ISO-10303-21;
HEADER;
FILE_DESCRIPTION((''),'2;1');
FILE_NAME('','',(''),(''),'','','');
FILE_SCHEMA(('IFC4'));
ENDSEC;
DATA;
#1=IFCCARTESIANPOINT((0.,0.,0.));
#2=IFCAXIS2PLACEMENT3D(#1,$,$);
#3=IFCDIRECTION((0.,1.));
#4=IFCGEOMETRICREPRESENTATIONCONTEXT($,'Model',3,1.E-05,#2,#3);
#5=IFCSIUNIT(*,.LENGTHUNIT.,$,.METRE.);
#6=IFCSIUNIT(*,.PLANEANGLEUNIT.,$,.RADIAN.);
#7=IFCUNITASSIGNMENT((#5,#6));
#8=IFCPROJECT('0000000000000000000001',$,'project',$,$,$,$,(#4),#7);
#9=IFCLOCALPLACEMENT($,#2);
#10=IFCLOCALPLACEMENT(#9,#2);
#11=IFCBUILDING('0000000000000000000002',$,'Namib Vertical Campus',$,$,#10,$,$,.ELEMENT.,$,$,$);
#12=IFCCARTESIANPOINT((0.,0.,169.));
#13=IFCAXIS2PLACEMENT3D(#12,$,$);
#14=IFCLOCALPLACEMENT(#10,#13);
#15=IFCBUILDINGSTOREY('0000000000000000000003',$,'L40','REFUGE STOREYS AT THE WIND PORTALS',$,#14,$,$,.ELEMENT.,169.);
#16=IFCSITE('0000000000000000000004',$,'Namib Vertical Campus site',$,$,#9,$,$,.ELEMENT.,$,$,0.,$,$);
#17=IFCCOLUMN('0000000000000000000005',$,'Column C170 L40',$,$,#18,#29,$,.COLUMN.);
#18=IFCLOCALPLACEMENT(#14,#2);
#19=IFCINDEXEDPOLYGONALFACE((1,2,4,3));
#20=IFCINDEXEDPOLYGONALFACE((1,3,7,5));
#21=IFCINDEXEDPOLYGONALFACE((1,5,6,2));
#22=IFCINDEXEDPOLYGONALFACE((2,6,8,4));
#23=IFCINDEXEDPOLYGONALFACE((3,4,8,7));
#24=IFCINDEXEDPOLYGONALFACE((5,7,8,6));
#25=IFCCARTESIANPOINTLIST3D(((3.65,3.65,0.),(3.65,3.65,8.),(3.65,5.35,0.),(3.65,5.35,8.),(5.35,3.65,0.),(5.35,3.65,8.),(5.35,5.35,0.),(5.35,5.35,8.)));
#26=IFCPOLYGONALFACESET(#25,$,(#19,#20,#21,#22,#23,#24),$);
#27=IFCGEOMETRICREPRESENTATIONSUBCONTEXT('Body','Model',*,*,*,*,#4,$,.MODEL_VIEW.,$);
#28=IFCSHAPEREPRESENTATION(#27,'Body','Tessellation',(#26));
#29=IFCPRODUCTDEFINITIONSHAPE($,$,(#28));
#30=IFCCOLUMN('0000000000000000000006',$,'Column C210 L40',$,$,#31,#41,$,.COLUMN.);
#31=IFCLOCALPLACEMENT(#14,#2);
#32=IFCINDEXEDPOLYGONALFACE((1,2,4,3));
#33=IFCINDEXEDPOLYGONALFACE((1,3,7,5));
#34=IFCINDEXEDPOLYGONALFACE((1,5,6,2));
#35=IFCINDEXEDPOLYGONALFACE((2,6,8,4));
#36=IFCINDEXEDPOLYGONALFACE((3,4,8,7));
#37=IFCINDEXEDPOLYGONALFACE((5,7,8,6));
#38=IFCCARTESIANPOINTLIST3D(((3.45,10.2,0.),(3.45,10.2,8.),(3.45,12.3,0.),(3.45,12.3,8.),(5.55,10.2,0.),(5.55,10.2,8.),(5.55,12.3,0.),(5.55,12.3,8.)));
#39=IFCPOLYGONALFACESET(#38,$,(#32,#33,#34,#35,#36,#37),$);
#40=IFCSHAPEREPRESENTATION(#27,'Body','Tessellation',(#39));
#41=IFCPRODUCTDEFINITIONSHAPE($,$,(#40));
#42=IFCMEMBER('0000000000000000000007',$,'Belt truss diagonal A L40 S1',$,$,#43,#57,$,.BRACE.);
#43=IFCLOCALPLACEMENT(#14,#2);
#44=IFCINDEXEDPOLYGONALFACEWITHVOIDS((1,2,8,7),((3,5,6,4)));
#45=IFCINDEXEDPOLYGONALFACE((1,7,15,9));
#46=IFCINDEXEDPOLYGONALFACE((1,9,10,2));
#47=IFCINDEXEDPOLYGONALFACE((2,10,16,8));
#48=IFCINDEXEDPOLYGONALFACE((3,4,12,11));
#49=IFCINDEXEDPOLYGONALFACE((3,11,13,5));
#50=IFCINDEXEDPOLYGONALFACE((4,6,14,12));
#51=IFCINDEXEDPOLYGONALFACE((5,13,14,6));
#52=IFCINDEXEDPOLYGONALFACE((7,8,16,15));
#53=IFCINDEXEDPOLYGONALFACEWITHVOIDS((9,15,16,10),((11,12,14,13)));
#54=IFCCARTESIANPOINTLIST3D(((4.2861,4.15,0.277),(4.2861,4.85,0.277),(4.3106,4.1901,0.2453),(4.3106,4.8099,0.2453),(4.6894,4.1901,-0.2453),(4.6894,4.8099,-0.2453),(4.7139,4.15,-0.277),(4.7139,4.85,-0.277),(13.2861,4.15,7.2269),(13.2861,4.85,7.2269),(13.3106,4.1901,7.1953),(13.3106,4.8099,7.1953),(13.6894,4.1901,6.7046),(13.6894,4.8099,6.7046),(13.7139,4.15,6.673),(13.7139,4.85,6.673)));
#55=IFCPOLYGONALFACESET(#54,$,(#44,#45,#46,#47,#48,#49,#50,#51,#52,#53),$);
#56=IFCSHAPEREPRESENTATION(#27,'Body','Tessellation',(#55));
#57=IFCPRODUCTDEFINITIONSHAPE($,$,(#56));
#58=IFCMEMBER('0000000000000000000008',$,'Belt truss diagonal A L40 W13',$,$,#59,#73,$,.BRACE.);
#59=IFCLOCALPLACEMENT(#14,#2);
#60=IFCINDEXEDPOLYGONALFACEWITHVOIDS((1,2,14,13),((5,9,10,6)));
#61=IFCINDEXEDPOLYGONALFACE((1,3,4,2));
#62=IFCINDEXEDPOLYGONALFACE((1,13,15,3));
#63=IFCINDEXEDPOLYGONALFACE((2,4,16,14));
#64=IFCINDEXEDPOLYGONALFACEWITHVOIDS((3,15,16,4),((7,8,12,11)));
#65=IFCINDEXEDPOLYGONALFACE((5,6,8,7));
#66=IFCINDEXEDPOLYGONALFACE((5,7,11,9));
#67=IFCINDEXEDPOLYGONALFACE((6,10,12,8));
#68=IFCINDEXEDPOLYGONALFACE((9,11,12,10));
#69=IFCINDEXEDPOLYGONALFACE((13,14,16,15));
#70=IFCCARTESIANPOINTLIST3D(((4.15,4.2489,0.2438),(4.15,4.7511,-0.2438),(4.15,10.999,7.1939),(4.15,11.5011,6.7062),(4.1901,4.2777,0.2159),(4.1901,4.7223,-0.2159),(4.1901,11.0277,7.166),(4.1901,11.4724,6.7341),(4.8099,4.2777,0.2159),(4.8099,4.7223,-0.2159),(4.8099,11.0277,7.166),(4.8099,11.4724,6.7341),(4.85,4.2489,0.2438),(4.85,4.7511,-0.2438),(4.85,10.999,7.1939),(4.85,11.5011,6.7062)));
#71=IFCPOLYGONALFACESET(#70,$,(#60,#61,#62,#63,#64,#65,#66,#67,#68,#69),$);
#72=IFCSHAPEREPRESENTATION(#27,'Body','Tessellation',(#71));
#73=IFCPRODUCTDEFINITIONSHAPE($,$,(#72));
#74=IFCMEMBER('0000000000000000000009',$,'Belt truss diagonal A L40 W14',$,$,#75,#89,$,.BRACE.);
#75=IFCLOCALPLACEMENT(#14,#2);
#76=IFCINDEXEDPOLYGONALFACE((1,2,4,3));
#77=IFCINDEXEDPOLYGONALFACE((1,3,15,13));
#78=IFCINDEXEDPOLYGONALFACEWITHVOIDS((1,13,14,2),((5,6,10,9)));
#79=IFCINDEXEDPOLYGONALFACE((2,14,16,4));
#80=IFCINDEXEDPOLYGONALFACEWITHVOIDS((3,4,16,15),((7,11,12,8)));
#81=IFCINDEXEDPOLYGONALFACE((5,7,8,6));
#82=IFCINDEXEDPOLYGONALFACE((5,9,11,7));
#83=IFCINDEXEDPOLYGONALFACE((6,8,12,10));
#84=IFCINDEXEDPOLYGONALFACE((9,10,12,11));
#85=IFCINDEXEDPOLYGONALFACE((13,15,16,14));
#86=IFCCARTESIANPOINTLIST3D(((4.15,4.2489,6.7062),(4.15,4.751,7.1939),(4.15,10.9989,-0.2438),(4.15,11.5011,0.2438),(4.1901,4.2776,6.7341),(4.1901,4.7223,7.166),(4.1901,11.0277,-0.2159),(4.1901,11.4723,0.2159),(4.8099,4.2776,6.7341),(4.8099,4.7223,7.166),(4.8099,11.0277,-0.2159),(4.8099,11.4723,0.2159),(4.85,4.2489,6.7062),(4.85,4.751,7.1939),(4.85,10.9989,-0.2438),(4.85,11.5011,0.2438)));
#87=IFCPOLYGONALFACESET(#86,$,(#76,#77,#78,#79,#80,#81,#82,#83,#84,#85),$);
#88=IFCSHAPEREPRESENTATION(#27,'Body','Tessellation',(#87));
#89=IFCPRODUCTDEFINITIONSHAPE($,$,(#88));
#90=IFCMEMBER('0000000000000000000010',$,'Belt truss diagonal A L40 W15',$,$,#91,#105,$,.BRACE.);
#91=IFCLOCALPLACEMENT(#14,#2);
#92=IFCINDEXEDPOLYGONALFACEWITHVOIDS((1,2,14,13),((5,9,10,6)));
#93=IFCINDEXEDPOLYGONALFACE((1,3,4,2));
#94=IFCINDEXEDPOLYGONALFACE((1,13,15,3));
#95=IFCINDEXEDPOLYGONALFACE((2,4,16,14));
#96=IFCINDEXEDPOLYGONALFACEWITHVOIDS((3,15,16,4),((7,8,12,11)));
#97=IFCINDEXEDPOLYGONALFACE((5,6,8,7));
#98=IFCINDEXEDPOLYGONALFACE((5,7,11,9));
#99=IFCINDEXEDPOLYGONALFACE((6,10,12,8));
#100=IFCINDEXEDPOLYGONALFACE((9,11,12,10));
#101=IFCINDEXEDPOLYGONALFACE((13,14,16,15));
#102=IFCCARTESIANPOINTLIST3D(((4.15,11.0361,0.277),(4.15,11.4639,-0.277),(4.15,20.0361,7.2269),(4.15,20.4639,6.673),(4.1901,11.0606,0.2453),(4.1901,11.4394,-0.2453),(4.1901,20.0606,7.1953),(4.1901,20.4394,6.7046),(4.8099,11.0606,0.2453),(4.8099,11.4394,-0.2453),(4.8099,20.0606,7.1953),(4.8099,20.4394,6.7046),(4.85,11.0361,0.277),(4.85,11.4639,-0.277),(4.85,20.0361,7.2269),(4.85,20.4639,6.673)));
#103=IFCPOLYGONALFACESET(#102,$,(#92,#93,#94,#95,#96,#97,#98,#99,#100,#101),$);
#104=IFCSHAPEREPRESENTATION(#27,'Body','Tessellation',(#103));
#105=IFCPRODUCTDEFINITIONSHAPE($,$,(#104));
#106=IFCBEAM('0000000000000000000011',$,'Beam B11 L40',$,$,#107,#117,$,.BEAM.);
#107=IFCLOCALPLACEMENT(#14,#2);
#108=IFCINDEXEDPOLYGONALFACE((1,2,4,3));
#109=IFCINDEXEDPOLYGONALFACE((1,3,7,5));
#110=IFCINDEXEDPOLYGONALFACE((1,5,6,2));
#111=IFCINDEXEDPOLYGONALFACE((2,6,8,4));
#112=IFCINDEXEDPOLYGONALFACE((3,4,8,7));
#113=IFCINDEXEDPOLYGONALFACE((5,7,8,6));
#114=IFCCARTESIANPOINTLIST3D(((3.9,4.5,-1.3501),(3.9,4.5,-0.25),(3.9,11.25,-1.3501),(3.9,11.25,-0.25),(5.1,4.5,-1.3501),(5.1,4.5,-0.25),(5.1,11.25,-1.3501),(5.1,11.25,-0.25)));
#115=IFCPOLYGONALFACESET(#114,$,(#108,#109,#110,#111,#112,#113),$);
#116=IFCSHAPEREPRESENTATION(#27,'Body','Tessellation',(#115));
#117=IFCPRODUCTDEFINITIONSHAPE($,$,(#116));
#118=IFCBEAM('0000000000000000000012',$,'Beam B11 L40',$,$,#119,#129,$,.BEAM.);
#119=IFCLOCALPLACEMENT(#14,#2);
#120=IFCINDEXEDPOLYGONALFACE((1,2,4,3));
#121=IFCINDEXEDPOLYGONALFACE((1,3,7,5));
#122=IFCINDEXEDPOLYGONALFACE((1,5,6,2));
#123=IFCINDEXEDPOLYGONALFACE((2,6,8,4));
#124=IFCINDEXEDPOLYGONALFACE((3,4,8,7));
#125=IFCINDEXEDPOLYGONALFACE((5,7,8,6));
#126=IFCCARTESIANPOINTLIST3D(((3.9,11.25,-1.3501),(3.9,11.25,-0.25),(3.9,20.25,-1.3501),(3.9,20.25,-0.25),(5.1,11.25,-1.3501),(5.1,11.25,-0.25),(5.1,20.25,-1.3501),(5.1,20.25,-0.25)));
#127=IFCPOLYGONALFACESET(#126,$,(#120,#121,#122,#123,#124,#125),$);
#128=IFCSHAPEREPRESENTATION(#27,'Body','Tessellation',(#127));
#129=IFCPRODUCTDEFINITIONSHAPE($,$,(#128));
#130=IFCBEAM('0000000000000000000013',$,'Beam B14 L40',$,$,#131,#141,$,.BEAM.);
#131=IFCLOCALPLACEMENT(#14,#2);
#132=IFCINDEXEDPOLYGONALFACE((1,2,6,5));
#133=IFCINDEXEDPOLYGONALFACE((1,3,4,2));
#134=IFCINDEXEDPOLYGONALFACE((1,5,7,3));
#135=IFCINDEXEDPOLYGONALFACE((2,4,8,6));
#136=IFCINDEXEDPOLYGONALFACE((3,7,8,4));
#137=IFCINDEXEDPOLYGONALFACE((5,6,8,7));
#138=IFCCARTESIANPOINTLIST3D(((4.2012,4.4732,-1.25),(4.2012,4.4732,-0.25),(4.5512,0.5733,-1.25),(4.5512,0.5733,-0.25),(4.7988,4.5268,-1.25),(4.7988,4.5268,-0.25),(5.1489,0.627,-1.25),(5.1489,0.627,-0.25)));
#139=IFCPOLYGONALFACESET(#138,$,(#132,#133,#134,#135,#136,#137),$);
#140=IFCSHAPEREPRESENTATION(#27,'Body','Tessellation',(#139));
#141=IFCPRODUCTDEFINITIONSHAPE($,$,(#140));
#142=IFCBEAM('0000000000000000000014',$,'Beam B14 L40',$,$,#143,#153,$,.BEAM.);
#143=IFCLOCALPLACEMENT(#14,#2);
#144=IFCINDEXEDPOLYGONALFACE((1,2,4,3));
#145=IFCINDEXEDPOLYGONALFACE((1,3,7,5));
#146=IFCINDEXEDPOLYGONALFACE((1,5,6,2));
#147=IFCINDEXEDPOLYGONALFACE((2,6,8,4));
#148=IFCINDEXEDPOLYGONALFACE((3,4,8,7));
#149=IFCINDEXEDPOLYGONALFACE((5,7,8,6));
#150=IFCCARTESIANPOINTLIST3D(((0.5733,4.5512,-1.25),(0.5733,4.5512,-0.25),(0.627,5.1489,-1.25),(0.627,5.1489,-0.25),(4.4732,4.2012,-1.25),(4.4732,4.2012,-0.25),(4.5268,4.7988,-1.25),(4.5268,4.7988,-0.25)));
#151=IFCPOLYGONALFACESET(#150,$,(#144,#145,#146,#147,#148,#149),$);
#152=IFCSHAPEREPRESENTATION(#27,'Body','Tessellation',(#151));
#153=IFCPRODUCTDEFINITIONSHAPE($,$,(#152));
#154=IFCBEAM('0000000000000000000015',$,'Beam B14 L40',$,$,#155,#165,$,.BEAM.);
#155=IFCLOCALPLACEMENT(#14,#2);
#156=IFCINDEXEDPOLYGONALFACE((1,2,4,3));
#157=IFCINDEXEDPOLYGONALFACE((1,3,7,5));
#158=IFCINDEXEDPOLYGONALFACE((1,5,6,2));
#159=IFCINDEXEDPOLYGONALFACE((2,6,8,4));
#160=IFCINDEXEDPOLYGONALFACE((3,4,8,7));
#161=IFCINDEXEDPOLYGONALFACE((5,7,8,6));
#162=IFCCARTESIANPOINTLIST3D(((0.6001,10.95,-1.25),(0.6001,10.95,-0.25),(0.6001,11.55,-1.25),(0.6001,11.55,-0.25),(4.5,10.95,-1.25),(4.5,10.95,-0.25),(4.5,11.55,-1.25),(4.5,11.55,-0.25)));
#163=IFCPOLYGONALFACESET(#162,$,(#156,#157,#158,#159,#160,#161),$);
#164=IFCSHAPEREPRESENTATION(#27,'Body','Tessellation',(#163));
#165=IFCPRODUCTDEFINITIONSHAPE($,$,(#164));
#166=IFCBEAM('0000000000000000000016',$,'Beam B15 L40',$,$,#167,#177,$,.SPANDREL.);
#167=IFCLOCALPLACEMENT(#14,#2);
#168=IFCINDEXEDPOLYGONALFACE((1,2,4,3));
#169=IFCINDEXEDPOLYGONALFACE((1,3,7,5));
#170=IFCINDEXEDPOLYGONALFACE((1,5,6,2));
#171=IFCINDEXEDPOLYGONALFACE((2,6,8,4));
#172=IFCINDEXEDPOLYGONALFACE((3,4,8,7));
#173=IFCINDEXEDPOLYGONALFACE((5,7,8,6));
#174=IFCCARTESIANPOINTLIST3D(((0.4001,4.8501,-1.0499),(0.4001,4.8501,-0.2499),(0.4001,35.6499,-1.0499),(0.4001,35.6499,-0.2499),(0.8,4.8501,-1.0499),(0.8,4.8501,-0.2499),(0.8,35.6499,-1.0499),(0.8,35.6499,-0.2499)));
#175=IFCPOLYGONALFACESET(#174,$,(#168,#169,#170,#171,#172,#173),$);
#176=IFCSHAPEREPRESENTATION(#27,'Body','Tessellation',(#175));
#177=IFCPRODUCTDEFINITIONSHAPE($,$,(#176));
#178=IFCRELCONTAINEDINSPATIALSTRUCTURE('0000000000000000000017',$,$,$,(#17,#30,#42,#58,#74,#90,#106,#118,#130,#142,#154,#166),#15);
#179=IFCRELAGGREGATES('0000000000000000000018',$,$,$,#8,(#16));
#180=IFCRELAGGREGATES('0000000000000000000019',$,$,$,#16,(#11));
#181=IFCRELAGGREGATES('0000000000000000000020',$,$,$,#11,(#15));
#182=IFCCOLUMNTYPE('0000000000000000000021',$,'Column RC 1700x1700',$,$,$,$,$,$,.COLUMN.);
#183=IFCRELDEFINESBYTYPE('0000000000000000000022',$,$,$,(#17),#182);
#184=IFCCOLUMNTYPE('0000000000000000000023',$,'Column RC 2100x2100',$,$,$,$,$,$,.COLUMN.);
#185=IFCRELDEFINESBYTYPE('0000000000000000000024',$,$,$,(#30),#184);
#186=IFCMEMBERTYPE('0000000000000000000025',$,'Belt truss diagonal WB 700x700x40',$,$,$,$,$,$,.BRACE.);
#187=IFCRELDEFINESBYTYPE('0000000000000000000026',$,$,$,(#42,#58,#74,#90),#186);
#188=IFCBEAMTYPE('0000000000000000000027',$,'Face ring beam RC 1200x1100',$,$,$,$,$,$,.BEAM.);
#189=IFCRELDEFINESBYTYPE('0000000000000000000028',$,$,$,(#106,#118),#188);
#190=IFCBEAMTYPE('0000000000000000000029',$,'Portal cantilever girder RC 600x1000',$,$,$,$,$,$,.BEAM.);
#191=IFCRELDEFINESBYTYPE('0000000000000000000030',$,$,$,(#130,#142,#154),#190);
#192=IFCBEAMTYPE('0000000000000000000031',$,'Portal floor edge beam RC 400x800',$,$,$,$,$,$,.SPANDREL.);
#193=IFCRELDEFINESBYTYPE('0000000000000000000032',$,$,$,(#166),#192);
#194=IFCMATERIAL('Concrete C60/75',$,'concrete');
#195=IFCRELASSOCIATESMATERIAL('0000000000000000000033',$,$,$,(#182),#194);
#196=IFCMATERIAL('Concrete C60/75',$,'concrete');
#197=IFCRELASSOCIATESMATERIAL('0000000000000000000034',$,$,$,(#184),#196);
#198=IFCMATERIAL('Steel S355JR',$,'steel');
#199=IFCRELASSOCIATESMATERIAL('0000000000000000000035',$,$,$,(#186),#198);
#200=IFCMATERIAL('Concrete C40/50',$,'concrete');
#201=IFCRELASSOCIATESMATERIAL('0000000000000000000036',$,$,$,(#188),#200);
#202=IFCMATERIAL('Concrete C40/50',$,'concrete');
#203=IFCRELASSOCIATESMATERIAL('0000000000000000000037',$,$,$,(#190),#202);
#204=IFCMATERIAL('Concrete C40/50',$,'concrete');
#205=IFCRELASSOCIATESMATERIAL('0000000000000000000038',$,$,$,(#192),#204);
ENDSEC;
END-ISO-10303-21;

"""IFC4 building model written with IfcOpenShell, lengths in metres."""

from ifc_helpers import new_model, si_unit, direction, frame, origin, origin_2d, place, context, subcontext, project, spatial, rectangle, hollow_rectangle, extrude, material, material_profile, profile_set, type_object, element, save


model = new_model("IFC4")

# Units and contexts
model_context = context("Model", 3, precision=1e-05, world=origin(), true_north=direction((0.0, 1.0)))
body_context = subcontext(model_context, "Body", "Model", "MODEL_VIEW")
ifc_project = project(units=[si_unit("LENGTHUNIT", "METRE"), si_unit("PLANEANGLEUNIT", "RADIAN")], contexts=[model_context])

# Site, building, storey
site_placement = place(None, origin())
site = spatial("IfcSite", under=ifc_project, at=site_placement, Name="Namib Vertical Campus site", CompositionType="ELEMENT", RefElevation=0.0)
building_placement = place(site_placement, origin())
building = spatial("IfcBuilding", under=site, at=building_placement, Name="Namib Vertical Campus", CompositionType="ELEMENT")
storey_placement = place(building_placement, frame((0.0, 0.0, 169.0)))
storey = spatial("IfcBuildingStorey", under=building, at=storey_placement, Name="L40", Description="REFUGE STOREYS AT THE WIND PORTALS", CompositionType="ELEMENT", Elevation=169.0)

# Columns
ifc_material_1 = material(Name="Concrete C60/75", Category="concrete")
ifc_material_profile_1 = material_profile(ifc_material_1, rectangle(XDim=1.7, YDim=1.7, at=origin_2d()))
ifc_profile_set_1 = profile_set([ifc_material_profile_1], Name="Concrete C60/75")
column_type_1 = type_object("IfcColumnType", Name="Column RC 1700x1700", PredefinedType="COLUMN", material=ifc_profile_set_1)
column_1_placement = place(storey_placement, frame((4.5, 4.5, 0.0), z_axis=(0.0, 0.0, 1.0), x_axis=(1.0, 0.0, 0.0)))
element("IfcColumn", 1, at=column_1_placement, inside=storey, type_object=column_type_1, Name="Column C170 L40", PredefinedType="COLUMN", context=body_context, shape_type="SweptSolid", body=[
    extrude(rectangle(XDim=1.7, YDim=1.7, at=origin_2d()), origin(), (0.0, 0.0, 1.0), 8.0),
])
ifc_material_2 = material(Name="Concrete C60/75", Category="concrete")
ifc_material_profile_2 = material_profile(ifc_material_2, rectangle(XDim=2.1001, YDim=2.1001, at=origin_2d()))
ifc_profile_set_2 = profile_set([ifc_material_profile_2], Name="Concrete C60/75")
column_type_2 = type_object("IfcColumnType", Name="Column RC 2100x2100", PredefinedType="COLUMN", material=ifc_profile_set_2)
column_2_placement = place(storey_placement, frame((4.5, 11.25, 0.0), z_axis=(0.0, 0.0, 1.0), x_axis=(1.0, 0.0, 0.0)))
element("IfcColumn", 2, at=column_2_placement, inside=storey, type_object=column_type_2, Name="Column C210 L40", PredefinedType="COLUMN", context=body_context, shape_type="SweptSolid", body=[
    extrude(rectangle(XDim=2.1001, YDim=2.1001, at=origin_2d()), origin(), (0.0, 0.0, 1.0), 8.0),
])

# Members
ifc_material_3 = material(Name="Steel S355JR", Category="steel")
ifc_material_profile_3 = material_profile(ifc_material_3, hollow_rectangle(XDim=0.7, YDim=0.7, WallThickness=0.04, at=origin_2d()))
ifc_profile_set_3 = profile_set([ifc_material_profile_3], Name="Steel S355JR")
member_type = type_object("IfcMemberType", Name="Belt truss diagonal WB 700x700x40", PredefinedType="BRACE", material=ifc_profile_set_3)
member_1_placement = place(storey_placement, frame((4.5, 4.5, 0.0), z_axis=(0.79148, 0.0, 0.611194), x_axis=(0.0, 1.0, 0.0)))
element("IfcMember", 3, at=member_1_placement, inside=storey, type_object=member_type, Name="Belt truss diagonal A L40 S1", PredefinedType="BRACE", context=body_context, shape_type="SweptSolid", body=[
    extrude(hollow_rectangle(XDim=0.7, YDim=0.7, WallThickness=0.04, at=origin_2d()), origin(), (0.0, 0.0, 1.0), 11.3711),
])
for number, where, z_axis, x_axis, name in (
    (4, (4.5, 4.5, 0.0), (0.0, 0.696712, 0.717351), (-1.0, 0.0, 0.0), "Belt truss diagonal A L40 W13"),
    (5, (4.5, 11.25, 0.0), (0.0, -0.696712, 0.717351), (1.0, 0.0, 0.0), "Belt truss diagonal A L40 W14"),
):
    element("IfcMember", number, at=place(storey_placement, frame(where, z_axis=z_axis, x_axis=x_axis)), inside=storey, type_object=member_type, Name=name, PredefinedType="BRACE", context=body_context, shape_type="SweptSolid", body=[
        extrude(hollow_rectangle(XDim=0.7, YDim=0.7, WallThickness=0.04, at=origin_2d()), origin(), (0.0, 0.0, 1.0), 9.6885),
    ])
member_2_placement = place(storey_placement, frame((4.5, 11.25, 0.0), z_axis=(0.0, 0.79148, 0.611194), x_axis=(-1.0, 0.0, 0.0)))
element("IfcMember", 6, at=member_2_placement, inside=storey, type_object=member_type, Name="Belt truss diagonal A L40 W15", PredefinedType="BRACE", context=body_context, shape_type="SweptSolid", body=[
    extrude(hollow_rectangle(XDim=0.7, YDim=0.7, WallThickness=0.04, at=origin_2d()), origin(), (0.0, 0.0, 1.0), 11.3711),
])

# Beams
ifc_material_4 = material(Name="Concrete C40/50", Category="concrete")
ifc_material_profile_4 = material_profile(ifc_material_4, rectangle(XDim=1.2, YDim=1.1001, at=origin_2d()))
ifc_profile_set_4 = profile_set([ifc_material_profile_4], Name="Concrete C40/50")
beam_type_1 = type_object("IfcBeamType", Name="Face ring beam RC 1200x1100", PredefinedType="BEAM", material=ifc_profile_set_4)
beam_1_placement = place(storey_placement, frame((4.5, 4.5, -0.8), z_axis=(0.0, 1.0, 0.0), x_axis=(-1.0, 0.0, 0.0)))
element("IfcBeam", 7, at=beam_1_placement, inside=storey, type_object=beam_type_1, Name="Beam B11 L40", PredefinedType="BEAM", context=body_context, shape_type="SweptSolid", body=[
    extrude(rectangle(XDim=1.2, YDim=1.1001, at=origin_2d()), origin(), (0.0, 0.0, 1.0), 6.75),
])
beam_2_placement = place(storey_placement, frame((4.5, 11.25, -0.8), z_axis=(0.0, 1.0, 0.0), x_axis=(-1.0, 0.0, 0.0)))
element("IfcBeam", 8, at=beam_2_placement, inside=storey, type_object=beam_type_1, Name="Beam B11 L40", PredefinedType="BEAM", context=body_context, shape_type="SweptSolid", body=[
    extrude(rectangle(XDim=1.2, YDim=1.1001, at=origin_2d()), origin(), (0.0, 0.0, 1.0), 9.0),
])
ifc_material_5 = material(Name="Concrete C40/50", Category="concrete")
ifc_material_profile_5 = material_profile(ifc_material_5, rectangle(XDim=0.6001, YDim=1.0, at=origin_2d()))
ifc_profile_set_5 = profile_set([ifc_material_profile_5], Name="Concrete C40/50")
beam_type_2 = type_object("IfcBeamType", Name="Portal cantilever girder RC 600x1000", PredefinedType="BEAM", material=ifc_profile_set_5)
for number, where, z_axis, x_axis, name in (
    (9, (4.5, 4.5, -0.75), (0.089411, -0.995995, 0.0), (0.995995, 0.089411, 0.0), "Beam B14 L40"),
    (10, (4.5, 4.5, -0.75), (-0.995995, 0.089411, 0.0), (-0.089411, -0.995995, 0.0), "Beam B14 L40"),
):
    element("IfcBeam", number, at=place(storey_placement, frame(where, z_axis=z_axis, x_axis=x_axis)), inside=storey, type_object=beam_type_2, Name=name, PredefinedType="BEAM", context=body_context, shape_type="SweptSolid", body=[
        extrude(rectangle(XDim=0.6001, YDim=1.0, at=origin_2d()), origin(), (0.0, 0.0, 1.0), 3.9155),
    ])
beam_3_placement = place(storey_placement, frame((4.5, 11.25, -0.75), z_axis=(-1.0, 0.0, 0.0), x_axis=(0.0, -1.0, 0.0)))
element("IfcBeam", 11, at=beam_3_placement, inside=storey, type_object=beam_type_2, Name="Beam B14 L40", PredefinedType="BEAM", context=body_context, shape_type="SweptSolid", body=[
    extrude(rectangle(XDim=0.6001, YDim=1.0, at=origin_2d()), origin(), (0.0, 0.0, 1.0), 3.8999),
])
ifc_material_6 = material(Name="Concrete C40/50", Category="concrete")
ifc_material_profile_6 = material_profile(ifc_material_6, rectangle(XDim=0.3999, YDim=0.8, at=origin_2d()))
ifc_profile_set_6 = profile_set([ifc_material_profile_6], Name="Concrete C40/50")
beam_type_3 = type_object("IfcBeamType", Name="Portal floor edge beam RC 400x800", PredefinedType="SPANDREL", material=ifc_profile_set_6)
beam_4_placement = place(storey_placement, frame((0.6001, 4.8501, -0.6499), z_axis=(0.0, 1.0, 0.0), x_axis=(-1.0, 0.0, 0.0)))
element("IfcBeam", 12, at=beam_4_placement, inside=storey, type_object=beam_type_3, Name="Beam B15 L40", PredefinedType="SPANDREL", context=body_context, shape_type="SweptSolid", body=[
    extrude(rectangle(XDim=0.3999, YDim=0.8, at=origin_2d()), origin(), (0.0, 0.0, 1.0), 30.7998),
])

save(model, "model.ifc")
